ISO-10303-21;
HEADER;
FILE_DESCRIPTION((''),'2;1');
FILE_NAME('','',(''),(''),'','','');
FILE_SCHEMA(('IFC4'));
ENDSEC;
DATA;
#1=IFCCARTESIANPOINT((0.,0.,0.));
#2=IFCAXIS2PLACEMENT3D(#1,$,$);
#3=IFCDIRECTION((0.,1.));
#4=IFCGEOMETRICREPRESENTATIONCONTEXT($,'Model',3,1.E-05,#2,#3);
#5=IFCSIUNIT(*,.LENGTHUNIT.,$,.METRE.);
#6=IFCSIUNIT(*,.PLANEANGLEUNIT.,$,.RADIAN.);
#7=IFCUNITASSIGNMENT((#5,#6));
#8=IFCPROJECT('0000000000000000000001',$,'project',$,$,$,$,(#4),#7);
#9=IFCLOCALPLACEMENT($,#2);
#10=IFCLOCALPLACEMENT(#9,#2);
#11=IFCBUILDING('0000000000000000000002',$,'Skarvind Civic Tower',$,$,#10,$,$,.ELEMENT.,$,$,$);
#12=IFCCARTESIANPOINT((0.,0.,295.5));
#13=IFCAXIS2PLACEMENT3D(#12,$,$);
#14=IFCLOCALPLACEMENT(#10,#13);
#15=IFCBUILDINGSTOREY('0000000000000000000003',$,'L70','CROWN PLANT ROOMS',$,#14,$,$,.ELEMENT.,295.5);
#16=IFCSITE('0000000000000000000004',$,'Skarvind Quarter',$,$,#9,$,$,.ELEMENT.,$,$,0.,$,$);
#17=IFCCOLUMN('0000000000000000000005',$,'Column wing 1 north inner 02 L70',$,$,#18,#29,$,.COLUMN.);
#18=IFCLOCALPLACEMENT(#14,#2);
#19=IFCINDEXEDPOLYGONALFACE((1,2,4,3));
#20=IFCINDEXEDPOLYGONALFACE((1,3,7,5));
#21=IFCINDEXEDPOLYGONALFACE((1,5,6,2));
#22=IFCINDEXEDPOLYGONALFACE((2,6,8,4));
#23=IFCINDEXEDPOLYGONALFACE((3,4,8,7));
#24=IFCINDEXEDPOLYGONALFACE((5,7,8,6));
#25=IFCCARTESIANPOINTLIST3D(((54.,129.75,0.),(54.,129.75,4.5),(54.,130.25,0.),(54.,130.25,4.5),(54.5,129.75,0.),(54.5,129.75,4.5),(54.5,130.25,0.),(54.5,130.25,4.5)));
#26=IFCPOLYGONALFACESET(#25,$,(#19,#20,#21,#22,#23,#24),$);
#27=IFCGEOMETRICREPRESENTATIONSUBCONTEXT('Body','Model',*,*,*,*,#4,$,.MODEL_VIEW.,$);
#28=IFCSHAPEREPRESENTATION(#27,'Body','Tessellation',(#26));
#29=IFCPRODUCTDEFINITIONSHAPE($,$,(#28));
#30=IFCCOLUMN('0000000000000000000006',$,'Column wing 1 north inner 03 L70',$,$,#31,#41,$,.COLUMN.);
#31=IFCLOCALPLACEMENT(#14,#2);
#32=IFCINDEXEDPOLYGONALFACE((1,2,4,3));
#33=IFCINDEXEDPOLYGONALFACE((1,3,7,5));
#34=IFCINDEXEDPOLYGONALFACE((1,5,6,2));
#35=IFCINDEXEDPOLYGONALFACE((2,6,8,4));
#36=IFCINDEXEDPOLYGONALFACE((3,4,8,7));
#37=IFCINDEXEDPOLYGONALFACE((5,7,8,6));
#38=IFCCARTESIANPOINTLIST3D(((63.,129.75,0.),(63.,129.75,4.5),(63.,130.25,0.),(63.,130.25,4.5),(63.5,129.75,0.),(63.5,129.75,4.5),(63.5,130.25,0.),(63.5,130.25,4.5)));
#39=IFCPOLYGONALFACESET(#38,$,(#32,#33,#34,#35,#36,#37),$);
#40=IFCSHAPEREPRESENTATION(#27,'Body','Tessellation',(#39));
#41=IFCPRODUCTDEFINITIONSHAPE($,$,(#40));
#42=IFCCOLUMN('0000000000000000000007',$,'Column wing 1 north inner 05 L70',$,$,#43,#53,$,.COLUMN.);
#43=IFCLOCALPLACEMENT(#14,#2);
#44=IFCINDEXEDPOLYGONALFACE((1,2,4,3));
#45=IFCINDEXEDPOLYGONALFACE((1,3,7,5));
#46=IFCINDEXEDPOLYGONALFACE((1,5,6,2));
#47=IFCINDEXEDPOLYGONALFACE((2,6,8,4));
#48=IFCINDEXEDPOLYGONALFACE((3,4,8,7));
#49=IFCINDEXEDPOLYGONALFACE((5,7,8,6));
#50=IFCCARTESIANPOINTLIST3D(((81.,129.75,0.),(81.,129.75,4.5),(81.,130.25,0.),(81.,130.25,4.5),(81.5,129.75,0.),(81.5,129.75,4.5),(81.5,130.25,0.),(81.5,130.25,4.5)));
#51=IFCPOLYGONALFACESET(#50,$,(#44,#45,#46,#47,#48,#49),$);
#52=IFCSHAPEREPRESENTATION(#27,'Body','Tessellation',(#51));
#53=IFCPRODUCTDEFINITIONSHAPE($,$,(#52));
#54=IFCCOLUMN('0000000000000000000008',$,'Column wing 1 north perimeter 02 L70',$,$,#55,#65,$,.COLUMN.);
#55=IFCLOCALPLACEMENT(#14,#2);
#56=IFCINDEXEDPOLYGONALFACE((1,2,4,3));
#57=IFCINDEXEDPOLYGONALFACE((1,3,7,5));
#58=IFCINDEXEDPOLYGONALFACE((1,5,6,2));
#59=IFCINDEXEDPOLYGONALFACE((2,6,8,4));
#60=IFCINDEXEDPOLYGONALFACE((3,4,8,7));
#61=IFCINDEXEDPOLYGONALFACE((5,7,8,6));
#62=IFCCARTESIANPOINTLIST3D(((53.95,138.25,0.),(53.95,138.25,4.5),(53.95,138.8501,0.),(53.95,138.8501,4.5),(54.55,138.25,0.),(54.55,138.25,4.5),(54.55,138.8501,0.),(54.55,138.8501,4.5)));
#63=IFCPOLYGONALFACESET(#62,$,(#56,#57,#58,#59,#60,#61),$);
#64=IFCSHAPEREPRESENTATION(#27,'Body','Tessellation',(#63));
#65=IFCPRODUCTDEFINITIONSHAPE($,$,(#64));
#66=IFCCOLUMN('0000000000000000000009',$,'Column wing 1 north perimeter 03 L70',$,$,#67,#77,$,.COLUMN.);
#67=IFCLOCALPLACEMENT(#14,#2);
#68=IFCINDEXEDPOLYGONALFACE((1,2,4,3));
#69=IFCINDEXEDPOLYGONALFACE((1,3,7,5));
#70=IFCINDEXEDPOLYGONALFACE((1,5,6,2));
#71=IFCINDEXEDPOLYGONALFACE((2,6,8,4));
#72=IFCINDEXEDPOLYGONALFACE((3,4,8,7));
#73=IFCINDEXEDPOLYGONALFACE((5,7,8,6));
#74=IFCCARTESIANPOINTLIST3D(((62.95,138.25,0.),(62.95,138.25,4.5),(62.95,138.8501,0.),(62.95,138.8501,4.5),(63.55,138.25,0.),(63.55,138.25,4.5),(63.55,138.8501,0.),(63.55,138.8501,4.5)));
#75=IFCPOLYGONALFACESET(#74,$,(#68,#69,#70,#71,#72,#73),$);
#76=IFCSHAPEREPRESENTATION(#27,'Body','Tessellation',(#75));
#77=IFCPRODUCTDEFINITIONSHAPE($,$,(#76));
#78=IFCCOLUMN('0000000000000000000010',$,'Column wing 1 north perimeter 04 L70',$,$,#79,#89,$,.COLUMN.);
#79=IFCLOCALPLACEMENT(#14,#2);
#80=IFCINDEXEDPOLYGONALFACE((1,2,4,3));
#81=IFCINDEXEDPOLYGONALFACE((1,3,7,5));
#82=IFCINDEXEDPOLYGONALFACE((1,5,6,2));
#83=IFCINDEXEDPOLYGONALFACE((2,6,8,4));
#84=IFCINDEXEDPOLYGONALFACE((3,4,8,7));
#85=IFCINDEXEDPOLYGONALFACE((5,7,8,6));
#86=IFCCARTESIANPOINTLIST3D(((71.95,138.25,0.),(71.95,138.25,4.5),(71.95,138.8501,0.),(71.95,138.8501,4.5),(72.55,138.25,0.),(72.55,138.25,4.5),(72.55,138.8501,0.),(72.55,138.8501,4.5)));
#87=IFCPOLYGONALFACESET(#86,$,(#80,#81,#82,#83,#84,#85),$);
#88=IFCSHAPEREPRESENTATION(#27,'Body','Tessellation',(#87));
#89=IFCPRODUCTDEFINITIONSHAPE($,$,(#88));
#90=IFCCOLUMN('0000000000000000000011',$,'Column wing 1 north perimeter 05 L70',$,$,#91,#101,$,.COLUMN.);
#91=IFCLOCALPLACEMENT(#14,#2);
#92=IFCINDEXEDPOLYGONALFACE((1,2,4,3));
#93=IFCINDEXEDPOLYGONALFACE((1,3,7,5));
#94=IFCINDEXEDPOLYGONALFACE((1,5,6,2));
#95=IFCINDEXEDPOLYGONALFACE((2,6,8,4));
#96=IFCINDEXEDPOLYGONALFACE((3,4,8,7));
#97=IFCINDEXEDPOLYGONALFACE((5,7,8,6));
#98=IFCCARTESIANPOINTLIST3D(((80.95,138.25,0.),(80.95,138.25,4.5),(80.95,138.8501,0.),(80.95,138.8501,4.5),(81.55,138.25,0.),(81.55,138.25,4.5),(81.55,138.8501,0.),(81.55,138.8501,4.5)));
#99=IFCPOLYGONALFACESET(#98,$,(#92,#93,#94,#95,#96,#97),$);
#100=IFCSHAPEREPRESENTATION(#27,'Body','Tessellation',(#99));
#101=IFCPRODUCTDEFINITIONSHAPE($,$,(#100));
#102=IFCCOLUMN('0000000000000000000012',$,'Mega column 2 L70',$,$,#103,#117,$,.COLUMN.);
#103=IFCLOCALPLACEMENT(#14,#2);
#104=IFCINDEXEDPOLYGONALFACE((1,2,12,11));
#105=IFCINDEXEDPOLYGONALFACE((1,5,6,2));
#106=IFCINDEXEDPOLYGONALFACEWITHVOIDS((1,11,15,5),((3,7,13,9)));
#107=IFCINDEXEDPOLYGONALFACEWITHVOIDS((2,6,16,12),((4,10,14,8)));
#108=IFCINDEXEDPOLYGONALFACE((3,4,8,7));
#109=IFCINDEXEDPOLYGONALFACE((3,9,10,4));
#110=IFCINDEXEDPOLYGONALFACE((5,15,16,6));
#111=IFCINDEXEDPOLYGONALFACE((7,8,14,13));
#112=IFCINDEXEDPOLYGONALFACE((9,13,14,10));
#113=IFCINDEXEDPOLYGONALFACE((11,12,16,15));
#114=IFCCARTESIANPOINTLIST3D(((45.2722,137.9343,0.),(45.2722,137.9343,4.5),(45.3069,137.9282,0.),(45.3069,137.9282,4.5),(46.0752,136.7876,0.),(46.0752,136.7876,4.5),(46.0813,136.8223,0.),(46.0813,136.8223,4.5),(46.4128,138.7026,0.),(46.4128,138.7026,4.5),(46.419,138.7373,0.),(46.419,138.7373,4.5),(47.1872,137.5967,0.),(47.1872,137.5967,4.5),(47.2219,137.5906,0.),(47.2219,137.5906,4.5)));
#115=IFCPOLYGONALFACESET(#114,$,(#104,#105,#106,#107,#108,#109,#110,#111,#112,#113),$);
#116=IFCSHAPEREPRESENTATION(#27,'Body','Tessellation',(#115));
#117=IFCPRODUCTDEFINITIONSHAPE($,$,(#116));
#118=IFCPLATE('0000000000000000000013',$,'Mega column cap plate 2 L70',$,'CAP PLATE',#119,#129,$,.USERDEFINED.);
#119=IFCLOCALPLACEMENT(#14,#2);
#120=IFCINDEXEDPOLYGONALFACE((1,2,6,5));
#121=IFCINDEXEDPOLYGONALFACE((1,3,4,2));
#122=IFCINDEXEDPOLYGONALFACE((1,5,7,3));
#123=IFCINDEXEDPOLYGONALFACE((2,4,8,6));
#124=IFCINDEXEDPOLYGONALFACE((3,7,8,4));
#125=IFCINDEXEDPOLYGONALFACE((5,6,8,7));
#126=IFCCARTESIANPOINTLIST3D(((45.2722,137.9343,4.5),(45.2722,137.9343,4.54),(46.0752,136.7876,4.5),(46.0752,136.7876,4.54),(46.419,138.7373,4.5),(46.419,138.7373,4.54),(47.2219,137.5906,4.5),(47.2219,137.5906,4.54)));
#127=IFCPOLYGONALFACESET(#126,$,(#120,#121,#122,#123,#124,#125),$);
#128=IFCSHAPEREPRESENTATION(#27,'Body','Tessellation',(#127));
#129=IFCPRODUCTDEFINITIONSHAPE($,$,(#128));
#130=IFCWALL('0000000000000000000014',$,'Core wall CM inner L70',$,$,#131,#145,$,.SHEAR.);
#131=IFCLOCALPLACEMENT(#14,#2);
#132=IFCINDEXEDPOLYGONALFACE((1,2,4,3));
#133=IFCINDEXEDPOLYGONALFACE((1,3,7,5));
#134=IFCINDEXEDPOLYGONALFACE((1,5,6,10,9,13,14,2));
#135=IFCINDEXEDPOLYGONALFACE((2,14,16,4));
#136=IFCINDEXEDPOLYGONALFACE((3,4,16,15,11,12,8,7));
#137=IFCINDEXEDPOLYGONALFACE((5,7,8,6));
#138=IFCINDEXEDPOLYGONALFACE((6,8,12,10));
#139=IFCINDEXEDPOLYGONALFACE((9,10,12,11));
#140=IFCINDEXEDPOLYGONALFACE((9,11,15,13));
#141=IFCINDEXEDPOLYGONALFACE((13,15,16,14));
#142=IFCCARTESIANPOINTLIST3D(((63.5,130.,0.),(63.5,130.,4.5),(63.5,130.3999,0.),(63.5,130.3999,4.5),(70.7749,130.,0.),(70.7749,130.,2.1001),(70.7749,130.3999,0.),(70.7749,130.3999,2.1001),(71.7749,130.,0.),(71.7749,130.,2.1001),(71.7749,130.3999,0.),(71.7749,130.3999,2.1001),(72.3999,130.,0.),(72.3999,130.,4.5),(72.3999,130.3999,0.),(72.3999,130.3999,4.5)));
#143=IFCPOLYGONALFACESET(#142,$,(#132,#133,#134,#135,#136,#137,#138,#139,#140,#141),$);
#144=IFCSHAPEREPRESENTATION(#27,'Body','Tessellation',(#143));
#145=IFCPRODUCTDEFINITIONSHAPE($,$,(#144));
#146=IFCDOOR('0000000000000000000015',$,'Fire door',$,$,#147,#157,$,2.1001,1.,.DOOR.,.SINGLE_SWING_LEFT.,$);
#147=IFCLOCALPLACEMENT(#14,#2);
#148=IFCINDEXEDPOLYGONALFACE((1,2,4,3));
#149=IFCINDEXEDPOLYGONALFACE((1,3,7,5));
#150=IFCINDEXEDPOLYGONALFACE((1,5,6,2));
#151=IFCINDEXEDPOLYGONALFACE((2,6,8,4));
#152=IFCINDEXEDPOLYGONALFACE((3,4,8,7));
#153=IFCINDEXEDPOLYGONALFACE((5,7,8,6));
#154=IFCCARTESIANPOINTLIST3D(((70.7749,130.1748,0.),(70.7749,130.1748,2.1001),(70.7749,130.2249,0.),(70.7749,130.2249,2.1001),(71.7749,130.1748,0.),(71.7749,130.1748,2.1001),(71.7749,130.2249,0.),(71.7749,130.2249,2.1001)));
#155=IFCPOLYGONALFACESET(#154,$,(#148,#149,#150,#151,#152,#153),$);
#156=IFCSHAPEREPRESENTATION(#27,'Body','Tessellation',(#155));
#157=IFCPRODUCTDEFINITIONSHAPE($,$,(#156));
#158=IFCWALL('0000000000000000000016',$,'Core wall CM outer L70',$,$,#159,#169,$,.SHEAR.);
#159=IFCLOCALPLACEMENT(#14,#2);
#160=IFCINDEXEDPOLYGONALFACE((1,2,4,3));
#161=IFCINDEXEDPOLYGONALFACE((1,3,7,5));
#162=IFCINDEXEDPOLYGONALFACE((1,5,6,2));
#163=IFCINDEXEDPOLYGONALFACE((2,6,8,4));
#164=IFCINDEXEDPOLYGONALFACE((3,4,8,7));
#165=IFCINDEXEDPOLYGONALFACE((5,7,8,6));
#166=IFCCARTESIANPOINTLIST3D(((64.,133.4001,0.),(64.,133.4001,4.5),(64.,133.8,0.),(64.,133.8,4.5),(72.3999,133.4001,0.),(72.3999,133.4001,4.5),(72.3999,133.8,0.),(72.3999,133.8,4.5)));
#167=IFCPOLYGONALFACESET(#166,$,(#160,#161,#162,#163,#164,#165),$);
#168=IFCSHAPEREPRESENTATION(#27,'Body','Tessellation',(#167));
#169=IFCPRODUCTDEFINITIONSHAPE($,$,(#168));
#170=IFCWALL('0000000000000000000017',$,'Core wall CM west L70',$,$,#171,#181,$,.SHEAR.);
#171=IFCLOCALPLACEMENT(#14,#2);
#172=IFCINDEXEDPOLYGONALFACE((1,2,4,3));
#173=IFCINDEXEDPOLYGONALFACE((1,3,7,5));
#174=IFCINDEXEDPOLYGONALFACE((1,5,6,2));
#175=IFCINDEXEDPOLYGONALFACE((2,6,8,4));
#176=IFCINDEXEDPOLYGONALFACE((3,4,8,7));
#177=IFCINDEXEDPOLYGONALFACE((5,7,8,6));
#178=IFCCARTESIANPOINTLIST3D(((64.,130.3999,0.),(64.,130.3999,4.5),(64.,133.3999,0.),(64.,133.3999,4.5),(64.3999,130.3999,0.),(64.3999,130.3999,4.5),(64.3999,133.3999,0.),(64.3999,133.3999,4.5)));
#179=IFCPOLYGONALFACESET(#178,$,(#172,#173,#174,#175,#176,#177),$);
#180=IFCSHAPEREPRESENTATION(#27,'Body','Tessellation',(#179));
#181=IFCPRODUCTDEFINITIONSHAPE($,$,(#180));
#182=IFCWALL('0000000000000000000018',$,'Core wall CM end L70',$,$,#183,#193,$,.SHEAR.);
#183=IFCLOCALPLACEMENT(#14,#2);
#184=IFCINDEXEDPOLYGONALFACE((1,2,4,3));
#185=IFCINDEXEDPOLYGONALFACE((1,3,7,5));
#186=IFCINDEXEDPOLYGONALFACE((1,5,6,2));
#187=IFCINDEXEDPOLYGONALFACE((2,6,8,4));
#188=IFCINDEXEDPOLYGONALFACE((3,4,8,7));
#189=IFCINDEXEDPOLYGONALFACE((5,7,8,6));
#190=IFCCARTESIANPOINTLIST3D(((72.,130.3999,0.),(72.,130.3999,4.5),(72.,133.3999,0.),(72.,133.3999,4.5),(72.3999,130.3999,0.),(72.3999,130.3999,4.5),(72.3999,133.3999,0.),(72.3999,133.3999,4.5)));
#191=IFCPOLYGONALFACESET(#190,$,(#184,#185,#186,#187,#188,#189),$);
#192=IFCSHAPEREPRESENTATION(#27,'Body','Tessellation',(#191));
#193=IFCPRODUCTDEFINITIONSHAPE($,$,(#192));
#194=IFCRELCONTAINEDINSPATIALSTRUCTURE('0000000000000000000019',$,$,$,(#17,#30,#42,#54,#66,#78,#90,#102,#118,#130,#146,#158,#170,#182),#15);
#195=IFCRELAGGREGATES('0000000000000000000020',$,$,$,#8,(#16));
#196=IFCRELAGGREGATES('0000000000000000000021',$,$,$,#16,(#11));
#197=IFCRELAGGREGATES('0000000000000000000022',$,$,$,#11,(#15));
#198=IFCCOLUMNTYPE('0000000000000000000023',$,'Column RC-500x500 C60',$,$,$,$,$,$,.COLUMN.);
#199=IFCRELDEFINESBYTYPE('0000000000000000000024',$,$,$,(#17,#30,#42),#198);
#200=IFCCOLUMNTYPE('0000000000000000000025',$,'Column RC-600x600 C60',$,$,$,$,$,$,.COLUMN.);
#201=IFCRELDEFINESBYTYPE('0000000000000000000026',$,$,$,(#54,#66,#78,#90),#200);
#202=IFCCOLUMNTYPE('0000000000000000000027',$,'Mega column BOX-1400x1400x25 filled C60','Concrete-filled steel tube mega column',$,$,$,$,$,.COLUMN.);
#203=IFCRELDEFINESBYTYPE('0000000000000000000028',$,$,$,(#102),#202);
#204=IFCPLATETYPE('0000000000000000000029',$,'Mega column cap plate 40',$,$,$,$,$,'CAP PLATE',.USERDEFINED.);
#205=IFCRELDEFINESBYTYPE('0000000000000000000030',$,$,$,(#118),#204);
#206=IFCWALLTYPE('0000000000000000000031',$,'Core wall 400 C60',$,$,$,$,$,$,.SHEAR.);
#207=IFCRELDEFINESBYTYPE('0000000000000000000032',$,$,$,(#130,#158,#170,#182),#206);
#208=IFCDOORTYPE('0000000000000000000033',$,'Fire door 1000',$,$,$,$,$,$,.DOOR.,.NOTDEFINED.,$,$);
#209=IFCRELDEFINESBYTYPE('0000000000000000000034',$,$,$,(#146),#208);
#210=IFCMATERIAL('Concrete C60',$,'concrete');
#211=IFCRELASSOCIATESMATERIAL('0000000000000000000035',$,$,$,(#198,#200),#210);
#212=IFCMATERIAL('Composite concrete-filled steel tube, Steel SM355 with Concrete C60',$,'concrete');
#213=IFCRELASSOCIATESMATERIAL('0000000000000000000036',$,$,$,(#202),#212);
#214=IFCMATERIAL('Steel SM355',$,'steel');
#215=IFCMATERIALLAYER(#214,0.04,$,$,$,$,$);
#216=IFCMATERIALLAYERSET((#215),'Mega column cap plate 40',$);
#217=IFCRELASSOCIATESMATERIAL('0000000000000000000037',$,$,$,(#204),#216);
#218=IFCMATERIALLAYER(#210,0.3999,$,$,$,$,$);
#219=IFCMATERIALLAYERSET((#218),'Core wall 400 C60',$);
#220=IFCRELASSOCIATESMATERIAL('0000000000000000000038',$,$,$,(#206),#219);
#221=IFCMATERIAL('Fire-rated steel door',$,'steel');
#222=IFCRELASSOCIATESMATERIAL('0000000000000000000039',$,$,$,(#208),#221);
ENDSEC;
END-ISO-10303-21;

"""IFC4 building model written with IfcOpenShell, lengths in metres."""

from ifc_helpers import new_model, si_unit, direction, frame, frame_2d, origin, origin_2d, place, context, subcontext, project, spatial, rectangle, hollow_rectangle, extrude, material, layer, layer_set, material_profile, profile_set, type_object, element, fill, save


model = new_model("IFC4")

# Units and contexts
model_context = context("Model", 3, precision=1e-05, world=origin(), true_north=direction((0.0, 1.0)))
body_context = subcontext(model_context, "Body", "Model", "MODEL_VIEW")
ifc_project = project(units=[si_unit("LENGTHUNIT", "METRE"), si_unit("PLANEANGLEUNIT", "RADIAN")], contexts=[model_context])

# Site, building, storey
site_placement = place(None, origin())
site = spatial("IfcSite", under=ifc_project, at=site_placement, Name="Skarvind Quarter", CompositionType="ELEMENT", RefElevation=0.0)
building_placement = place(site_placement, origin())
building = spatial("IfcBuilding", under=site, at=building_placement, Name="Skarvind Civic Tower", CompositionType="ELEMENT")
storey_placement = place(building_placement, frame((0.0, 0.0, 295.5)))
storey = spatial("IfcBuildingStorey", under=building, at=storey_placement, Name="L70", Description="CROWN PLANT ROOMS", CompositionType="ELEMENT", Elevation=295.5)

# Columns
ifc_material_1 = material(Name="Concrete C60", Category="concrete")
ifc_material_profile_1 = material_profile(ifc_material_1, rectangle(XDim=0.5, YDim=0.5, at=origin_2d()), Name="RC-500x500")
ifc_profile_set_1 = profile_set([ifc_material_profile_1], Name="Concrete C60")
column_type_1 = type_object("IfcColumnType", Name="Column RC-500x500 C60", PredefinedType="COLUMN", material=ifc_profile_set_1)
for number, where, z_axis, x_axis, name in (
    (1, (54.25, 130.0, 0.0), (0.0, 0.0, 1.0), (1.0, 0.0, 0.0), "Column wing 1 north inner 02 L70"),
    (2, (63.25, 130.0, 0.0), (0.0, 0.0, 1.0), (1.0, 0.0, 0.0), "Column wing 1 north inner 03 L70"),
    (3, (81.25, 130.0, 0.0), (0.0, 0.0, 1.0), (1.0, 0.0, 0.0), "Column wing 1 north inner 05 L70"),
):
    element("IfcColumn", number, at=place(storey_placement, frame(where, z_axis=z_axis, x_axis=x_axis)), inside=storey, type_object=column_type_1, Name=name, PredefinedType="COLUMN", context=body_context, shape_type="SweptSolid", body=[
        extrude(rectangle(XDim=0.5, YDim=0.5, at=origin_2d()), origin(), (0.0, 0.0, 1.0), 4.5),
    ])
ifc_material_profile_2 = material_profile(ifc_material_1, rectangle(XDim=0.6001, YDim=0.6001, at=origin_2d()), Name="RC-600x600")
ifc_profile_set_2 = profile_set([ifc_material_profile_2], Name="Concrete C60")
column_type_2 = type_object("IfcColumnType", Name="Column RC-600x600 C60", PredefinedType="COLUMN", material=ifc_profile_set_2)
for number, where, z_axis, x_axis, name in (
    (4, (54.25, 138.55, 0.0), (0.0, 0.0, 1.0), (1.0, 0.0, 0.0), "Column wing 1 north perimeter 02 L70"),
    (5, (63.25, 138.55, 0.0), (0.0, 0.0, 1.0), (1.0, 0.0, 0.0), "Column wing 1 north perimeter 03 L70"),
    (6, (72.25, 138.55, 0.0), (0.0, 0.0, 1.0), (1.0, 0.0, 0.0), "Column wing 1 north perimeter 04 L70"),
    (7, (81.25, 138.55, 0.0), (0.0, 0.0, 1.0), (1.0, 0.0, 0.0), "Column wing 1 north perimeter 05 L70"),
):
    element("IfcColumn", number, at=place(storey_placement, frame(where, z_axis=z_axis, x_axis=x_axis)), inside=storey, type_object=column_type_2, Name=name, PredefinedType="COLUMN", context=body_context, shape_type="SweptSolid", body=[
        extrude(rectangle(XDim=0.6001, YDim=0.6001, at=origin_2d()), origin(), (0.0, 0.0, 1.0), 4.5),
    ])
ifc_material_2 = material(Name="Composite concrete-filled steel tube, Steel SM355 with Concrete C60", Category="concrete")
ifc_material_profile_3 = material_profile(ifc_material_2, hollow_rectangle(XDim=1.3999, YDim=1.3999, WallThickness=0.0249, at=origin_2d()), Name="BOX-1400x1400x25")
ifc_profile_set_3 = profile_set([ifc_material_profile_3], Name="Composite concrete-filled steel tube, Steel SM355 with Concrete C60")
column_type_3 = type_object("IfcColumnType", Name="Mega column BOX-1400x1400x25 filled C60", Description="Concrete-filled steel tube mega column", PredefinedType="COLUMN", material=ifc_profile_set_3)
column_placement = place(storey_placement, frame((46.2471, 137.7625, 0.0), z_axis=(0.0, 0.0, 1.0), x_axis=(0.573576, -0.819152, 0.0)))
element("IfcColumn", 8, at=column_placement, inside=storey, type_object=column_type_3, Name="Mega column 2 L70", PredefinedType="COLUMN", context=body_context, shape_type="SweptSolid", body=[
    extrude(hollow_rectangle(XDim=1.3999, YDim=1.3999, WallThickness=0.0249, at=origin_2d()), origin(), (0.0, 0.0, 1.0), 4.5),
])

# Plate
ifc_material_3 = material(Name="Steel SM355", Category="steel")
ifc_layer_1 = layer(ifc_material_3, 0.04)
ifc_layer_set_1 = layer_set([ifc_layer_1], Name="Mega column cap plate 40")
plate_type = type_object("IfcPlateType", Name="Mega column cap plate 40", ElementType="CAP PLATE", PredefinedType="USERDEFINED", material=ifc_layer_set_1)
plate_placement = place(storey_placement, frame((46.2471, 137.7625, 4.5), z_axis=(0.0, 0.0, 1.0), x_axis=(0.573576, -0.819152, 0.0)))
element("IfcPlate", 9, at=plate_placement, inside=storey, type_object=plate_type, Name="Mega column cap plate 2 L70", ObjectType="CAP PLATE", PredefinedType="USERDEFINED", context=body_context, shape_type="SweptSolid", body=[
    extrude(rectangle(XDim=1.3999, YDim=1.3999, at=origin_2d()), origin(), (0.0, 0.0, 1.0), 0.04),
])

# Wall, opening, door
ifc_layer_2 = layer(ifc_material_1, 0.3999)
ifc_layer_set_2 = layer_set([ifc_layer_2], Name="Core wall 400 C60")
wall_type_1 = type_object("IfcWallType", Name="Core wall 400 C60", PredefinedType="SHEAR", material=ifc_layer_set_2)
wall_1_placement = place(storey_placement, frame((63.5, 130.2, 0.0), z_axis=(0.0, 0.0, 1.0), x_axis=(1.0, 0.0, 0.0)))
wall_1 = element("IfcWall", 10, at=wall_1_placement, inside=storey, type_object=wall_type_1, Name="Core wall CM inner L70", PredefinedType="SHEAR", context=body_context, shape_type="SweptSolid", body=[
    extrude(rectangle(XDim=8.8999, YDim=0.3999, at=frame_2d((4.45, 0.0))), origin(), (0.0, 0.0, 1.0), 4.5),
])
opening_1_placement = place(wall_1_placement, frame((7.2749, 0.0, 0.0)))
opening_1 = element("IfcOpeningElement", 11, at=opening_1_placement, cuts=wall_1, PredefinedType="OPENING", context=body_context, shape_type="SweptSolid", body=[
    extrude(rectangle(XDim=1.0, YDim=2.1001, at=frame_2d((0.5, 1.05))), frame((0.0, 0.21, 0.0), z_axis=(0.0, -1.0, 0.0), x_axis=(1.0, 0.0, 0.0)), (0.0, 0.0, 1.0), 0.4199),
])
ifc_material_4 = material(Name="Fire-rated steel door", Category="steel")
door_type_1 = type_object("IfcDoorType", Name="Fire door 1000", OperationType="NOTDEFINED", PredefinedType="DOOR", material=ifc_material_4)
door_1_placement = place(opening_1_placement, origin())
door_1 = element("IfcDoor", 12, at=door_1_placement, inside=storey, type_object=door_type_1, Name="Fire door", OperationType="SINGLE_SWING_LEFT", OverallHeight=2.1001, OverallWidth=1.0, PredefinedType="DOOR", context=body_context, shape_type="SweptSolid", body=[
    extrude(rectangle(XDim=1.0, YDim=2.1001, at=frame_2d((0.5, 1.05))), frame((0.0, 0.0249, 0.0), z_axis=(0.0, -1.0, 0.0), x_axis=(1.0, 0.0, 0.0)), (0.0, 0.0, 1.0), 0.05),
])
fill(opening_1, door_1)

# Walls
wall_2_placement = place(storey_placement, frame((64.0, 133.6001, 0.0), z_axis=(0.0, 0.0, 1.0), x_axis=(1.0, 0.0, 0.0)))
element("IfcWall", 13, at=wall_2_placement, inside=storey, type_object=wall_type_1, Name="Core wall CM outer L70", PredefinedType="SHEAR", context=body_context, shape_type="SweptSolid", body=[
    extrude(rectangle(XDim=8.3999, YDim=0.3999, at=frame_2d((4.2, 0.0))), origin(), (0.0, 0.0, 1.0), 4.5),
])
for number, where, z_axis, x_axis, name in (
    (14, (64.2, 130.3999, 0.0), (0.0, 0.0, 1.0), (0.0, 1.0, 0.0), "Core wall CM west L70"),
    (15, (72.2, 130.3999, 0.0), (0.0, 0.0, 1.0), (0.0, 1.0, 0.0), "Core wall CM end L70"),
):
    element("IfcWall", number, at=place(storey_placement, frame(where, z_axis=z_axis, x_axis=x_axis)), inside=storey, type_object=wall_type_1, Name=name, PredefinedType="SHEAR", context=body_context, shape_type="SweptSolid", body=[
        extrude(rectangle(XDim=3.0, YDim=0.3999, at=frame_2d((1.5, 0.0))), origin(), (0.0, 0.0, 1.0), 4.5),
    ])

save(model, "model.ifc")
